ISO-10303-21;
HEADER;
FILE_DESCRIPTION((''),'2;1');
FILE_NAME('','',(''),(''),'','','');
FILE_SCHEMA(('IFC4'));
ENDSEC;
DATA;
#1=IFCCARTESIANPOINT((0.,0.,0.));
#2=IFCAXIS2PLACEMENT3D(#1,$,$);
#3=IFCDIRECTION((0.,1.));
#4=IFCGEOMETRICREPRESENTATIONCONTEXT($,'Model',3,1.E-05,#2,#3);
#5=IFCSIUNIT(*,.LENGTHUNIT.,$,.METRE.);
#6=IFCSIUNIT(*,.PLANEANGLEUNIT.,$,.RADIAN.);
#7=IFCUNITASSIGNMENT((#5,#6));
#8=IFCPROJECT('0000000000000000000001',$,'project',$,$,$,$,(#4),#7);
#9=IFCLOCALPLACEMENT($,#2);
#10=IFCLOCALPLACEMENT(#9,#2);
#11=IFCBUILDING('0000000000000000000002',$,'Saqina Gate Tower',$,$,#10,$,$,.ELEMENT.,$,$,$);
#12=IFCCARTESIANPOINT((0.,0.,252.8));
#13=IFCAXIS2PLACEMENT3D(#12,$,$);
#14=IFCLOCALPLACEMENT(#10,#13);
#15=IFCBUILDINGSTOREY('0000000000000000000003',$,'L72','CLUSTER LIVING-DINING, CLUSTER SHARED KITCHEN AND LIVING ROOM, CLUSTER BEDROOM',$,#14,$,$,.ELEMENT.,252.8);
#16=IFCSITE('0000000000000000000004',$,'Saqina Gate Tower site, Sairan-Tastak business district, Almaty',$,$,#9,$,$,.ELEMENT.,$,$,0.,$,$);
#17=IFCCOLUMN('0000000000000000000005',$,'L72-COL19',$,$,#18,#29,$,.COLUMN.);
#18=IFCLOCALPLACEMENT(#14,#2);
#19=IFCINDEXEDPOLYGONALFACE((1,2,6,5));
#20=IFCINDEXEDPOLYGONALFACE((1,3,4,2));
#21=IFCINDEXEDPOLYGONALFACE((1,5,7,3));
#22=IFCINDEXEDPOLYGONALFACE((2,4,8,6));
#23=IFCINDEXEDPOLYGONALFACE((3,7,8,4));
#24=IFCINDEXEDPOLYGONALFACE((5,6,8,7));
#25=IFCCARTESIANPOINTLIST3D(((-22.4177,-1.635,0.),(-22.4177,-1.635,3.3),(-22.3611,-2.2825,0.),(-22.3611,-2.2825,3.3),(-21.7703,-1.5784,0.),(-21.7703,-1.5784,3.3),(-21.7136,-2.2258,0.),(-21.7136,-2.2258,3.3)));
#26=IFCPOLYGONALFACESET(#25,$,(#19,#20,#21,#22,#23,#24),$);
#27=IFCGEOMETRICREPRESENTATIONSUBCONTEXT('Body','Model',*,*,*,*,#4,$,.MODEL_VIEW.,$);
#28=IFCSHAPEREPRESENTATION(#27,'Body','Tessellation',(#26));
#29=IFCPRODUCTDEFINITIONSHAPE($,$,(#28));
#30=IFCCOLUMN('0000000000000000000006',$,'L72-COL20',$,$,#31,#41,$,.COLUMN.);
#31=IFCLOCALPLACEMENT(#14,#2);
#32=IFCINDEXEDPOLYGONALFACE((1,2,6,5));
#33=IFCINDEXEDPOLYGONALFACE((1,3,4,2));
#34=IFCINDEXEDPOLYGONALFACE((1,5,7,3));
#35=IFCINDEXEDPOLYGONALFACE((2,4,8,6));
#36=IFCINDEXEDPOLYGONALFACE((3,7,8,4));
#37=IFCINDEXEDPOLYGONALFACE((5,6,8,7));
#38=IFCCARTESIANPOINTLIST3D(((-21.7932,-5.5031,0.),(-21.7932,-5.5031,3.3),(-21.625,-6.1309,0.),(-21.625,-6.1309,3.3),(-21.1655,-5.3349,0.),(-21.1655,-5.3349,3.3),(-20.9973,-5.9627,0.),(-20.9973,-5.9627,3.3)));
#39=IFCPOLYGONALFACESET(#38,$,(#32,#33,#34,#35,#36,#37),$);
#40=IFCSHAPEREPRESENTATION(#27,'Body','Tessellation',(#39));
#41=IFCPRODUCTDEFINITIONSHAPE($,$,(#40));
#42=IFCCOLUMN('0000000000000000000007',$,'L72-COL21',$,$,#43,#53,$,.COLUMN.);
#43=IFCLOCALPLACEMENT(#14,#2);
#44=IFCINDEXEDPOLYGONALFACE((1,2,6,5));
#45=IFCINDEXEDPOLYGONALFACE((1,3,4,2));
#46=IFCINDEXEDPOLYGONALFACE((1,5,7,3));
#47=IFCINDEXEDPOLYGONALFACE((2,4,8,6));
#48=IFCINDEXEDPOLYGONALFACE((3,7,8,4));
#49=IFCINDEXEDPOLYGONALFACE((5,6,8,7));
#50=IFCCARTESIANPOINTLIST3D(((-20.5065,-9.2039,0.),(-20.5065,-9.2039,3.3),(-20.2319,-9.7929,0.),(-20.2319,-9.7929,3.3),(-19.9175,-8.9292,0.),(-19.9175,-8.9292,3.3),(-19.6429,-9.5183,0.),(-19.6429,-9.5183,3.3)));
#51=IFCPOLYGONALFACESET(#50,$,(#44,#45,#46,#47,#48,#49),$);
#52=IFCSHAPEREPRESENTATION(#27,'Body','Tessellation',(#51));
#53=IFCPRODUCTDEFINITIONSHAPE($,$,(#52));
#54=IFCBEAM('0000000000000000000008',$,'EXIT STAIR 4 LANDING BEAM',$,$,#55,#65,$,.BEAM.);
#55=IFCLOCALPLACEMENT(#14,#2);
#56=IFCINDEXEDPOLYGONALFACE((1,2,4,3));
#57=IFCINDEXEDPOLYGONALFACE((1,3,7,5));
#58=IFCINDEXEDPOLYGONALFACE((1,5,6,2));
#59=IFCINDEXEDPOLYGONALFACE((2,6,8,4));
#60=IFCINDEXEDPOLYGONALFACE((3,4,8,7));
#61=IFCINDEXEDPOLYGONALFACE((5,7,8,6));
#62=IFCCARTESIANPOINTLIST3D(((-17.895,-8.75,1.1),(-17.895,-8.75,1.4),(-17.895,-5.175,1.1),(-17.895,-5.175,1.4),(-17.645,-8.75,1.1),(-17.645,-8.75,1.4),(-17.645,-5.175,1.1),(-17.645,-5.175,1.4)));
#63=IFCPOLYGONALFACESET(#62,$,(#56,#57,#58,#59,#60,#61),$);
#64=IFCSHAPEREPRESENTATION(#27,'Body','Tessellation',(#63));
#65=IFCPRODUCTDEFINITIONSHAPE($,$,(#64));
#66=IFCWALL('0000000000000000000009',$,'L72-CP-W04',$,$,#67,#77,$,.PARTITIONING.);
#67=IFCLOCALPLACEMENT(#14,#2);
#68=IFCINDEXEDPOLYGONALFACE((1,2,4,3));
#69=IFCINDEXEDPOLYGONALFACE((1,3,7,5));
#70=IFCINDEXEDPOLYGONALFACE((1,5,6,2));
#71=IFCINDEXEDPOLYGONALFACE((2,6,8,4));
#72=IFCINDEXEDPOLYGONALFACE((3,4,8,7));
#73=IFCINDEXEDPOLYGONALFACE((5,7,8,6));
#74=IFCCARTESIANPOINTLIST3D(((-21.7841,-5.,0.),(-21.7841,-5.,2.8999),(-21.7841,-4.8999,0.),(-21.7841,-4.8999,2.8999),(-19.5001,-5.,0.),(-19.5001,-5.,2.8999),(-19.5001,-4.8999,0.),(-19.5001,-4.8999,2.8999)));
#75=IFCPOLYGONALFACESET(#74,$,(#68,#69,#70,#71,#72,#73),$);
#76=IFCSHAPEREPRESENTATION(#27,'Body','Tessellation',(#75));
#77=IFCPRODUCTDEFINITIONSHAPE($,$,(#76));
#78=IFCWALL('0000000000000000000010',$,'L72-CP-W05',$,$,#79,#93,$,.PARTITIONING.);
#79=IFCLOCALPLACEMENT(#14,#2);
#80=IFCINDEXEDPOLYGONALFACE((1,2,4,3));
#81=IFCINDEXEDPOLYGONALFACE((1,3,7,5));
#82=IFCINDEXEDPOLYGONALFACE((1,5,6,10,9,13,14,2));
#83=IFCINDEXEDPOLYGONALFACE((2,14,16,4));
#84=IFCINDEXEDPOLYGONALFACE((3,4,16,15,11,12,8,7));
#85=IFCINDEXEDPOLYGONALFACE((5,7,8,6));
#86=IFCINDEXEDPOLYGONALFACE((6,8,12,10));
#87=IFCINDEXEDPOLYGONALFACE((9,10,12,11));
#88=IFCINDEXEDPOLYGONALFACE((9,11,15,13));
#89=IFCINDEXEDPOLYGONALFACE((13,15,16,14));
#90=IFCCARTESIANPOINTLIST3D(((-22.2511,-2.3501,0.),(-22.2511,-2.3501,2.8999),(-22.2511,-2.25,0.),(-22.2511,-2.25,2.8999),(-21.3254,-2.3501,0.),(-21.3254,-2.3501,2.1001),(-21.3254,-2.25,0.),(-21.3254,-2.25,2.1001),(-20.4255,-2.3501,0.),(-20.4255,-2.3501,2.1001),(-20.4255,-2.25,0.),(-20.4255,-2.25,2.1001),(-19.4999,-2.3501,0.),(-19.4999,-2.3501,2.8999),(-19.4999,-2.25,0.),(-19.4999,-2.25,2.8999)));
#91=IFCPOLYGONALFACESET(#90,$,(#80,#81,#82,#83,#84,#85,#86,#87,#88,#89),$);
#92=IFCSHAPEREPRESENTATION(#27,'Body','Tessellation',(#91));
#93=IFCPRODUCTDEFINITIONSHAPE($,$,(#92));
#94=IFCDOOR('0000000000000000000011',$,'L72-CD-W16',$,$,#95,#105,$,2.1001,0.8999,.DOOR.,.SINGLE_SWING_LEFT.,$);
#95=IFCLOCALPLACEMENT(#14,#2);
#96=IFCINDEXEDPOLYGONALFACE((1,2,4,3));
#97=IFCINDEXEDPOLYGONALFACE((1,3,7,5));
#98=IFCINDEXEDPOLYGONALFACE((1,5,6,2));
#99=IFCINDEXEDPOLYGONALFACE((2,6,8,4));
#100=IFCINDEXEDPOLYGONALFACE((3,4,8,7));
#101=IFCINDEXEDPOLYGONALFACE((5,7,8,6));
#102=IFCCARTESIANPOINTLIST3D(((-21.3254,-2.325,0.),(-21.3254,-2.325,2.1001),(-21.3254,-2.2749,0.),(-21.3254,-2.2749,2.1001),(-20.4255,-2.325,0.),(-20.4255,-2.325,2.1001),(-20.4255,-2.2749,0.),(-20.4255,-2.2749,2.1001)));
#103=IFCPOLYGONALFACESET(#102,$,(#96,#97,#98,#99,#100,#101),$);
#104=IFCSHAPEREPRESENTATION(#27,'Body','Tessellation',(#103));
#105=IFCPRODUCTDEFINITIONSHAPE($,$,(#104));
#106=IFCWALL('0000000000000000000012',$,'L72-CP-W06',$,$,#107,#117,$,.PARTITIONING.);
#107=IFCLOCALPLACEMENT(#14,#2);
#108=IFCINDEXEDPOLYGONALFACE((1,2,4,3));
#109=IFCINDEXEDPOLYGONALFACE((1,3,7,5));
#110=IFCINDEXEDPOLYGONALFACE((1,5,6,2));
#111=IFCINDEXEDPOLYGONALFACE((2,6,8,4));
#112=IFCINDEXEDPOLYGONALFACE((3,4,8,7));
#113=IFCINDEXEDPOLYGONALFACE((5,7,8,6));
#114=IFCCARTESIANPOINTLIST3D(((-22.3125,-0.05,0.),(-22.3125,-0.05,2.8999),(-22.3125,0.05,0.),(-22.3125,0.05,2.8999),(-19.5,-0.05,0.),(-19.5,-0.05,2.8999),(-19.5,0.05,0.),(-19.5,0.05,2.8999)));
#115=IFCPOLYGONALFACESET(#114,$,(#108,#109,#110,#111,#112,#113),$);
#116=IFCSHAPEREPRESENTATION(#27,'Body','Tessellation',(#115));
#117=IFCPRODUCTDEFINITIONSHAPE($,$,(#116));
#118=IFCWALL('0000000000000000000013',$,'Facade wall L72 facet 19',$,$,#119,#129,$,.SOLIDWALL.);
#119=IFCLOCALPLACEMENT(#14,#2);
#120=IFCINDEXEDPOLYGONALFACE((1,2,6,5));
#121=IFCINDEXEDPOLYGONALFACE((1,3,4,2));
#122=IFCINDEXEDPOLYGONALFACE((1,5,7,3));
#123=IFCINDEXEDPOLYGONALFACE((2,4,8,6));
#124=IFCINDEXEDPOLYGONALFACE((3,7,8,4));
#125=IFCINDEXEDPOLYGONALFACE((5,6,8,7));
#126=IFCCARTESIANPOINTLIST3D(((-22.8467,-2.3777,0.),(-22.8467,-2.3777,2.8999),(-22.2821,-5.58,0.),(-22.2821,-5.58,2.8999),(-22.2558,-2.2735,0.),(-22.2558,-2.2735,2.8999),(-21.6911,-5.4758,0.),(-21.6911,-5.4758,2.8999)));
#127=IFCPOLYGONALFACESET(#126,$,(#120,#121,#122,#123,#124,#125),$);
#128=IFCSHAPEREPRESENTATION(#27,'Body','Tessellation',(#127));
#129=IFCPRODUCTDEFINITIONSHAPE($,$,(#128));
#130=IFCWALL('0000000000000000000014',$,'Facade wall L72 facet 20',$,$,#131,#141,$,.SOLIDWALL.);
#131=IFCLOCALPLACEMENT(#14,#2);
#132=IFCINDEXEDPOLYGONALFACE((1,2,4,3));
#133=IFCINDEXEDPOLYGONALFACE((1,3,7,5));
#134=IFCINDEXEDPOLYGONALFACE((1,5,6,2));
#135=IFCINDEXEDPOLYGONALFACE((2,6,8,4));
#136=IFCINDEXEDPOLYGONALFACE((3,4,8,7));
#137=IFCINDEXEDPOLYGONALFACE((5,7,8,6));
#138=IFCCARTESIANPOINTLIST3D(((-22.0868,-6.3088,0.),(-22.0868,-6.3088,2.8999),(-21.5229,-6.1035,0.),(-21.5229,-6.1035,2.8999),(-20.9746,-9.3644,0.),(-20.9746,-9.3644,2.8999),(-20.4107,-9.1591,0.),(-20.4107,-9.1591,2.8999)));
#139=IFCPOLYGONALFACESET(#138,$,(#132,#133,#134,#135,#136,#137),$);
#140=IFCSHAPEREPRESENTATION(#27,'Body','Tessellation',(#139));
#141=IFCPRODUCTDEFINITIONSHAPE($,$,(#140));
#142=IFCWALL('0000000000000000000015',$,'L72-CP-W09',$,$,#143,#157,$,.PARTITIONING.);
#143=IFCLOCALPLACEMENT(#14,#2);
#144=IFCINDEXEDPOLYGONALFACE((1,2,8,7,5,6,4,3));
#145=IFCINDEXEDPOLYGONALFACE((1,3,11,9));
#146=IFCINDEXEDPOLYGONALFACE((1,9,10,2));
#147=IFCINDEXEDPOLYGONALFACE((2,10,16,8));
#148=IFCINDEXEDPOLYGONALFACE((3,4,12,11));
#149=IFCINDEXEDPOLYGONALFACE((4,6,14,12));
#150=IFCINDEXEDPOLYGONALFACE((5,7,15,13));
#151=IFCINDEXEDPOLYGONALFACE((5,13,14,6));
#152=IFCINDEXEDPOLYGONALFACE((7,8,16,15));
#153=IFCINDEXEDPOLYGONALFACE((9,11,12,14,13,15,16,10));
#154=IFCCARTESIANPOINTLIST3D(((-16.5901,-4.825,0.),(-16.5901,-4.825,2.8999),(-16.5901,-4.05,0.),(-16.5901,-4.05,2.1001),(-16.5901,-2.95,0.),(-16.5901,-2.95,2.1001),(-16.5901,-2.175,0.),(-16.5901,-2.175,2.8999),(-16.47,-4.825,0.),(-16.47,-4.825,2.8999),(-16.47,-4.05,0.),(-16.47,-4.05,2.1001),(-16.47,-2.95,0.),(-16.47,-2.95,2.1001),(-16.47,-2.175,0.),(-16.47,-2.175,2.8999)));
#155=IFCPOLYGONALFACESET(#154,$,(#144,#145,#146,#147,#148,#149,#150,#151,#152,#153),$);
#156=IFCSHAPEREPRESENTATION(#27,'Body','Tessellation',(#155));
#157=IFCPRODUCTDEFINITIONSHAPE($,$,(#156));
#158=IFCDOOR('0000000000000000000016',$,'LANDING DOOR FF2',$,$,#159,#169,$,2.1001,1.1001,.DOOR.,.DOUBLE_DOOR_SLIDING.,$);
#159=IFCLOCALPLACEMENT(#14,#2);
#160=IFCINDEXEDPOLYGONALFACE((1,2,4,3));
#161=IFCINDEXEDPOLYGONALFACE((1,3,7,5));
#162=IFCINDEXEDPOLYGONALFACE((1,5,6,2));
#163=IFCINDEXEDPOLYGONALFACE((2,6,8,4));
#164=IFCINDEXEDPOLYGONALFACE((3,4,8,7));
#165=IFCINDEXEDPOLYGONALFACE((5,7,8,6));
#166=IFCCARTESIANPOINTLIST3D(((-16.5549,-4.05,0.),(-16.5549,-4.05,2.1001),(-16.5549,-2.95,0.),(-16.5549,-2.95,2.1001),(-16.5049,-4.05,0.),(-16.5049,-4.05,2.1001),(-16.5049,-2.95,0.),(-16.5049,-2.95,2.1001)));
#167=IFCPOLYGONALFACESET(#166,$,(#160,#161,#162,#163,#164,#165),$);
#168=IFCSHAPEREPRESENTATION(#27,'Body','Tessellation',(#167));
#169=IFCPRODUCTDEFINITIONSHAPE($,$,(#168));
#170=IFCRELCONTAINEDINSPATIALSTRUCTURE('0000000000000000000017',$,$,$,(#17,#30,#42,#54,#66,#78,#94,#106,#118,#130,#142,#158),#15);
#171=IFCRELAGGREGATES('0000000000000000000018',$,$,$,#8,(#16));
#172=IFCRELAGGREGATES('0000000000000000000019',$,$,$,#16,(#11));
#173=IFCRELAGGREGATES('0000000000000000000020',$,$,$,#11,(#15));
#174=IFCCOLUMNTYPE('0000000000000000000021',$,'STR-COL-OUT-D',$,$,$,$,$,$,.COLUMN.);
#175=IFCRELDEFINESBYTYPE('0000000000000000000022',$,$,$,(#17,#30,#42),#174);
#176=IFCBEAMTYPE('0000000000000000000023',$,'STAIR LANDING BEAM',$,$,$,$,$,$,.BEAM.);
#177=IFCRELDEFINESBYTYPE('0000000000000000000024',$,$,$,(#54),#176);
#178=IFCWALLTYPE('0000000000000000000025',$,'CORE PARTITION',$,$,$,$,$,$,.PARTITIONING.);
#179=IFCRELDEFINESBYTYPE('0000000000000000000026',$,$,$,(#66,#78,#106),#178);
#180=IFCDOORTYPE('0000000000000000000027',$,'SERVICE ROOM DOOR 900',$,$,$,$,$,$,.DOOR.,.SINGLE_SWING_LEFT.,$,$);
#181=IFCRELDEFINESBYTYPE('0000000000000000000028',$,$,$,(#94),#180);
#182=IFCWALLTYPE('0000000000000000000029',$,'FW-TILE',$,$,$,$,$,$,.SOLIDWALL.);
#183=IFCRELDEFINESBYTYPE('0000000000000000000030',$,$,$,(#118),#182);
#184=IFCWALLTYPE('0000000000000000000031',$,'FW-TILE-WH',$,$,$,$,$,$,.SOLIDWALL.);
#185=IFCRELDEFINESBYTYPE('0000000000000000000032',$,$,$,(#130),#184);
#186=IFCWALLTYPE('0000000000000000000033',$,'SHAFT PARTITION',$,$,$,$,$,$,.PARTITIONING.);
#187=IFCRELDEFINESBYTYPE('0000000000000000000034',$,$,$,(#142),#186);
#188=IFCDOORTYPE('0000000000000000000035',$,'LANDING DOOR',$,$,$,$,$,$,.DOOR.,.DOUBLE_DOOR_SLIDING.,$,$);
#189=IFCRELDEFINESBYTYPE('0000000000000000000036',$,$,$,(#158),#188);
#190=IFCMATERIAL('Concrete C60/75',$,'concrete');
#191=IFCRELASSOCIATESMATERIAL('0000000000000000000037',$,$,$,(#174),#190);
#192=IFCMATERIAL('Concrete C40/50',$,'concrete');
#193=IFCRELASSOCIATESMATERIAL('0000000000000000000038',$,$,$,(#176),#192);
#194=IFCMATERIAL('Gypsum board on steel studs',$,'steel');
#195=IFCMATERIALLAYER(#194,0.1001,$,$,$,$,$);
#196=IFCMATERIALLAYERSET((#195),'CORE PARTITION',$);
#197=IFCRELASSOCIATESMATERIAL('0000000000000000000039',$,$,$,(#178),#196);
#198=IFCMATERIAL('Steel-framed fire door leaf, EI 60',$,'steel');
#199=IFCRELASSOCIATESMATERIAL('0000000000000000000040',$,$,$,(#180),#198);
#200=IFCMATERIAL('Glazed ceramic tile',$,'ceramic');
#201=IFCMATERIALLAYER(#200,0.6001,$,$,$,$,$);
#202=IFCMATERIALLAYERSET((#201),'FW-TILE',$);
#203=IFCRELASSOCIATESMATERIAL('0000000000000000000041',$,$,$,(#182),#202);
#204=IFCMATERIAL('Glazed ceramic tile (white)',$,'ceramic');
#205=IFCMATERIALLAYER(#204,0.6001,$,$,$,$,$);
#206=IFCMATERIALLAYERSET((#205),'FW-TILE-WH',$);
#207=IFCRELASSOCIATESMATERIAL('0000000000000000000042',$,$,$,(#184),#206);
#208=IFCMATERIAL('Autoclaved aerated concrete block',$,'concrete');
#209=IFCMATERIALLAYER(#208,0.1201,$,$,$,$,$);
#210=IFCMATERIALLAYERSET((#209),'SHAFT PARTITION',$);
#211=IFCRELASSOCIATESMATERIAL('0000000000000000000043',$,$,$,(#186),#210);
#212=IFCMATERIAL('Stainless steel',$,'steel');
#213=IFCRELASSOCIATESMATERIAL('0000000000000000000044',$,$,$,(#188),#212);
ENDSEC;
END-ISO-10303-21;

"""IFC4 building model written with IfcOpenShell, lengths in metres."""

from ifc_helpers import new_model, si_unit, direction, frame, frame_2d, origin, origin_2d, place, context, subcontext, project, spatial, rectangle, extrude, material, layer, layer_set, material_profile, profile_set, type_object, element, fill, save


model = new_model("IFC4")

# Units and contexts
model_context = context("Model", 3, precision=1e-05, world=origin(), true_north=direction((0.0, 1.0)))
body_context = subcontext(model_context, "Body", "Model", "MODEL_VIEW")
ifc_project = project(units=[si_unit("LENGTHUNIT", "METRE"), si_unit("PLANEANGLEUNIT", "RADIAN")], contexts=[model_context])

# Site, building, storey
site_placement = place(None, origin())
site = spatial("IfcSite", under=ifc_project, at=site_placement, Name="Saqina Gate Tower site, Sairan-Tastak business district, Almaty", CompositionType="ELEMENT", RefElevation=0.0)
building_placement = place(site_placement, origin())
building = spatial("IfcBuilding", under=site, at=building_placement, Name="Saqina Gate Tower", CompositionType="ELEMENT")
storey_placement = place(building_placement, frame((0.0, 0.0, 252.8)))
storey = spatial("IfcBuildingStorey", under=building, at=storey_placement, Name="L72", Description="CLUSTER LIVING-DINING, CLUSTER SHARED KITCHEN AND LIVING ROOM, CLUSTER BEDROOM", CompositionType="ELEMENT", Elevation=252.8)

# Columns
ifc_material_1 = material(Name="Concrete C60/75", Category="concrete")
ifc_material_profile_1 = material_profile(ifc_material_1, rectangle(XDim=0.6499, YDim=0.6499, at=origin_2d()), Name="RC 650x650")
ifc_profile_set_1 = profile_set([ifc_material_profile_1], Name="Concrete C60/75")
column_type = type_object("IfcColumnType", Name="STR-COL-OUT-D", PredefinedType="COLUMN", material=ifc_profile_set_1)
for number, where, z_axis, x_axis, name in (
    (1, (-22.0657, -1.9304, 0.0), (0.0, 0.0, 1.0), (-0.996195, -0.087156, 0.0), "L72-COL19"),
    (2, (-21.3953, -5.7329, 0.0), (0.0, 0.0, 1.0), (-0.965926, -0.258819, 0.0), "L72-COL20"),
    (3, (-20.0747, -9.3611, 0.0), (0.0, 0.0, 1.0), (-0.906308, -0.422618, 0.0), "L72-COL21"),
):
    element("IfcColumn", number, at=place(storey_placement, frame(where, z_axis=z_axis, x_axis=x_axis)), inside=storey, type_object=column_type, Name=name, PredefinedType="COLUMN", context=body_context, shape_type="SweptSolid", body=[
        extrude(rectangle(XDim=0.6499, YDim=0.6499, at=origin_2d()), origin(), (0.0, 0.0, 1.0), 3.3),
    ])

# Beam
ifc_material_2 = material(Name="Concrete C40/50", Category="concrete")
ifc_material_profile_2 = material_profile(ifc_material_2, rectangle(XDim=0.25, YDim=0.3, at=origin_2d()), Name="STAIR LANDING BEAM")
ifc_profile_set_2 = profile_set([ifc_material_profile_2], Name="Concrete C40/50")
beam_type = type_object("IfcBeamType", Name="STAIR LANDING BEAM", PredefinedType="BEAM", material=ifc_profile_set_2)
beam_placement = place(storey_placement, frame((-17.77, -8.75, 1.25), z_axis=(0.0, 1.0, 0.0), x_axis=(-1.0, 0.0, 0.0)))
element("IfcBeam", 4, at=beam_placement, inside=storey, type_object=beam_type, Name="EXIT STAIR 4 LANDING BEAM", PredefinedType="BEAM", context=body_context, shape_type="SweptSolid", body=[
    extrude(rectangle(XDim=0.25, YDim=0.3, at=origin_2d()), origin(), (0.0, 0.0, 1.0), 3.575),
])

# Wall
ifc_material_3 = material(Name="Gypsum board on steel studs", Category="steel")
ifc_layer_1 = layer(ifc_material_3, 0.1001)
ifc_layer_set_1 = layer_set([ifc_layer_1], Name="CORE PARTITION")
wall_type_1 = type_object("IfcWallType", Name="CORE PARTITION", PredefinedType="PARTITIONING", material=ifc_layer_set_1)
wall_1_placement = place(storey_placement, frame((-19.5, -4.95, 0.0), z_axis=(0.0, 0.0, 1.0), x_axis=(-1.0, 0.0, 0.0)))
element("IfcWall", 5, at=wall_1_placement, inside=storey, type_object=wall_type_1, Name="L72-CP-W04", PredefinedType="PARTITIONING", context=body_context, shape_type="SweptSolid", body=[
    extrude(rectangle(XDim=2.2839, YDim=0.1001, at=frame_2d((1.1421, 0.0))), origin(), (0.0, 0.0, 1.0), 2.8999),
])

# Wall, opening, door
wall_2_placement = place(storey_placement, frame((-19.5, -2.3, 0.0), z_axis=(0.0, 0.0, 1.0), x_axis=(-1.0, 0.0, 0.0)))
wall_2 = element("IfcWall", 6, at=wall_2_placement, inside=storey, type_object=wall_type_1, Name="L72-CP-W05", PredefinedType="PARTITIONING", context=body_context, shape_type="SweptSolid", body=[
    extrude(rectangle(XDim=2.7512, YDim=0.1001, at=frame_2d((1.3755, 0.0))), origin(), (0.0, 0.0, 1.0), 2.8999),
])
opening_1_placement = place(wall_2_placement, frame((0.9255, 0.0, 0.0)))
opening_1 = element("IfcOpeningElement", 7, at=opening_1_placement, cuts=wall_2, PredefinedType="OPENING", context=body_context, shape_type="SweptSolid", body=[
    extrude(rectangle(XDim=0.8999, YDim=2.1001, at=frame_2d((0.45, 1.05))), frame((0.0, 0.062, 0.0), z_axis=(0.0, -1.0, 0.0), x_axis=(1.0, 0.0, 0.0)), (0.0, 0.0, 1.0), 0.124),
])
ifc_material_4 = material(Name="Steel-framed fire door leaf, EI 60", Category="steel")
door_type_1 = type_object("IfcDoorType", Name="SERVICE ROOM DOOR 900", OperationType="SINGLE_SWING_LEFT", PredefinedType="DOOR", material=ifc_material_4)
door_1_placement = place(opening_1_placement, origin())
door_1 = element("IfcDoor", 8, at=door_1_placement, inside=storey, type_object=door_type_1, Name="L72-CD-W16", OperationType="SINGLE_SWING_LEFT", OverallHeight=2.1001, OverallWidth=0.8999, PredefinedType="DOOR", context=body_context, shape_type="SweptSolid", body=[
    extrude(rectangle(XDim=0.8999, YDim=2.1001, at=frame_2d((0.45, 1.05))), frame((0.0, 0.0249, 0.0), z_axis=(0.0, -1.0, 0.0), x_axis=(1.0, 0.0, 0.0)), (0.0, 0.0, 1.0), 0.05),
])
fill(opening_1, door_1)

# Wall
wall_3_placement = place(storey_placement, frame((-19.5, 0.0, 0.0), z_axis=(0.0, 0.0, 1.0), x_axis=(-1.0, 0.0, 0.0)))
element("IfcWall", 9, at=wall_3_placement, inside=storey, type_object=wall_type_1, Name="L72-CP-W06", PredefinedType="PARTITIONING", context=body_context, shape_type="SweptSolid", body=[
    extrude(rectangle(XDim=2.8125, YDim=0.1001, at=frame_2d((1.4062, 0.0))), origin(), (0.0, 0.0, 1.0), 2.8999),
])

# Walls
ifc_material_5 = material(Name="Glazed ceramic tile", Category="ceramic")
ifc_layer_2 = layer(ifc_material_5, 0.6001)
ifc_layer_set_2 = layer_set([ifc_layer_2], Name="FW-TILE")
wall_type_2 = type_object("IfcWallType", Name="FW-TILE", PredefinedType="SOLIDWALL", material=ifc_layer_set_2)
wall_4_placement = place(storey_placement, frame((-22.5513, -2.3254, 0.0), z_axis=(0.0, 0.0, 1.0), x_axis=(0.173657, -0.984806, 0.0)))
element("IfcWall", 10, at=wall_4_placement, inside=storey, type_object=wall_type_2, Name="Facade wall L72 facet 19", PredefinedType="SOLIDWALL", context=body_context, shape_type="SweptSolid", body=[
    extrude(rectangle(XDim=3.2517, YDim=0.6001, at=frame_2d((1.626, 0.0))), origin(), (0.0, 0.0, 1.0), 2.8999),
])
ifc_material_6 = material(Name="Glazed ceramic tile (white)", Category="ceramic")
ifc_layer_3 = layer(ifc_material_6, 0.6001)
ifc_layer_set_3 = layer_set([ifc_layer_3], Name="FW-TILE-WH")
wall_type_3 = type_object("IfcWallType", Name="FW-TILE-WH", PredefinedType="SOLIDWALL", material=ifc_layer_set_3)
wall_5_placement = place(storey_placement, frame((-21.8049, -6.2061, 0.0), z_axis=(0.0, 0.0, 1.0), x_axis=(0.342057, -0.939679, 0.0)))
element("IfcWall", 11, at=wall_5_placement, inside=storey, type_object=wall_type_3, Name="Facade wall L72 facet 20", PredefinedType="SOLIDWALL", context=body_context, shape_type="SweptSolid", body=[
    extrude(rectangle(XDim=3.2517, YDim=0.6001, at=frame_2d((1.626, 0.0))), origin(), (0.0, 0.0, 1.0), 2.8999),
])

# Wall, opening, door
ifc_material_7 = material(Name="Autoclaved aerated concrete block", Category="concrete")
ifc_layer_4 = layer(ifc_material_7, 0.1201)
ifc_layer_set_4 = layer_set([ifc_layer_4], Name="SHAFT PARTITION")
wall_type_4 = type_object("IfcWallType", Name="SHAFT PARTITION", PredefinedType="PARTITIONING", material=ifc_layer_set_4)
wall_6_placement = place(storey_placement, frame((-16.53, -4.825, 0.0), z_axis=(0.0, 0.0, 1.0), x_axis=(0.0, 1.0, 0.0)))
wall_6 = element("IfcWall", 12, at=wall_6_placement, inside=storey, type_object=wall_type_4, Name="L72-CP-W09", PredefinedType="PARTITIONING", context=body_context, shape_type="SweptSolid", body=[
    extrude(rectangle(XDim=2.6499, YDim=0.1201, at=frame_2d((1.325, 0.0))), origin(), (0.0, 0.0, 1.0), 2.8999),
])
opening_2_placement = place(wall_6_placement, frame((0.7749, 0.0, 0.0)))
opening_2 = element("IfcOpeningElement", 13, at=opening_2_placement, cuts=wall_6, PredefinedType="OPENING", context=body_context, shape_type="SweptSolid", body=[
    extrude(rectangle(XDim=1.1001, YDim=2.1001, at=frame_2d((0.55, 1.05))), frame((0.0, 0.072, 0.0), z_axis=(0.0, -1.0, 0.0), x_axis=(1.0, 0.0, 0.0)), (0.0, 0.0, 1.0), 0.144),
])
ifc_material_8 = material(Name="Stainless steel", Category="steel")
door_type_2 = type_object("IfcDoorType", Name="LANDING DOOR", OperationType="DOUBLE_DOOR_SLIDING", PredefinedType="DOOR", material=ifc_material_8)
door_2_placement = place(opening_2_placement, origin())
door_2 = element("IfcDoor", 14, at=door_2_placement, inside=storey, type_object=door_type_2, Name="LANDING DOOR FF2", OperationType="DOUBLE_DOOR_SLIDING", OverallHeight=2.1001, OverallWidth=1.1001, PredefinedType="DOOR", context=body_context, shape_type="SweptSolid", body=[
    extrude(rectangle(XDim=1.1001, YDim=2.1001, at=frame_2d((0.55, 1.05))), frame((0.0, 0.0249, 0.0), z_axis=(0.0, -1.0, 0.0), x_axis=(1.0, 0.0, 0.0)), (0.0, 0.0, 1.0), 0.05),
])
fill(opening_2, door_2)

save(model, "model.ifc")
